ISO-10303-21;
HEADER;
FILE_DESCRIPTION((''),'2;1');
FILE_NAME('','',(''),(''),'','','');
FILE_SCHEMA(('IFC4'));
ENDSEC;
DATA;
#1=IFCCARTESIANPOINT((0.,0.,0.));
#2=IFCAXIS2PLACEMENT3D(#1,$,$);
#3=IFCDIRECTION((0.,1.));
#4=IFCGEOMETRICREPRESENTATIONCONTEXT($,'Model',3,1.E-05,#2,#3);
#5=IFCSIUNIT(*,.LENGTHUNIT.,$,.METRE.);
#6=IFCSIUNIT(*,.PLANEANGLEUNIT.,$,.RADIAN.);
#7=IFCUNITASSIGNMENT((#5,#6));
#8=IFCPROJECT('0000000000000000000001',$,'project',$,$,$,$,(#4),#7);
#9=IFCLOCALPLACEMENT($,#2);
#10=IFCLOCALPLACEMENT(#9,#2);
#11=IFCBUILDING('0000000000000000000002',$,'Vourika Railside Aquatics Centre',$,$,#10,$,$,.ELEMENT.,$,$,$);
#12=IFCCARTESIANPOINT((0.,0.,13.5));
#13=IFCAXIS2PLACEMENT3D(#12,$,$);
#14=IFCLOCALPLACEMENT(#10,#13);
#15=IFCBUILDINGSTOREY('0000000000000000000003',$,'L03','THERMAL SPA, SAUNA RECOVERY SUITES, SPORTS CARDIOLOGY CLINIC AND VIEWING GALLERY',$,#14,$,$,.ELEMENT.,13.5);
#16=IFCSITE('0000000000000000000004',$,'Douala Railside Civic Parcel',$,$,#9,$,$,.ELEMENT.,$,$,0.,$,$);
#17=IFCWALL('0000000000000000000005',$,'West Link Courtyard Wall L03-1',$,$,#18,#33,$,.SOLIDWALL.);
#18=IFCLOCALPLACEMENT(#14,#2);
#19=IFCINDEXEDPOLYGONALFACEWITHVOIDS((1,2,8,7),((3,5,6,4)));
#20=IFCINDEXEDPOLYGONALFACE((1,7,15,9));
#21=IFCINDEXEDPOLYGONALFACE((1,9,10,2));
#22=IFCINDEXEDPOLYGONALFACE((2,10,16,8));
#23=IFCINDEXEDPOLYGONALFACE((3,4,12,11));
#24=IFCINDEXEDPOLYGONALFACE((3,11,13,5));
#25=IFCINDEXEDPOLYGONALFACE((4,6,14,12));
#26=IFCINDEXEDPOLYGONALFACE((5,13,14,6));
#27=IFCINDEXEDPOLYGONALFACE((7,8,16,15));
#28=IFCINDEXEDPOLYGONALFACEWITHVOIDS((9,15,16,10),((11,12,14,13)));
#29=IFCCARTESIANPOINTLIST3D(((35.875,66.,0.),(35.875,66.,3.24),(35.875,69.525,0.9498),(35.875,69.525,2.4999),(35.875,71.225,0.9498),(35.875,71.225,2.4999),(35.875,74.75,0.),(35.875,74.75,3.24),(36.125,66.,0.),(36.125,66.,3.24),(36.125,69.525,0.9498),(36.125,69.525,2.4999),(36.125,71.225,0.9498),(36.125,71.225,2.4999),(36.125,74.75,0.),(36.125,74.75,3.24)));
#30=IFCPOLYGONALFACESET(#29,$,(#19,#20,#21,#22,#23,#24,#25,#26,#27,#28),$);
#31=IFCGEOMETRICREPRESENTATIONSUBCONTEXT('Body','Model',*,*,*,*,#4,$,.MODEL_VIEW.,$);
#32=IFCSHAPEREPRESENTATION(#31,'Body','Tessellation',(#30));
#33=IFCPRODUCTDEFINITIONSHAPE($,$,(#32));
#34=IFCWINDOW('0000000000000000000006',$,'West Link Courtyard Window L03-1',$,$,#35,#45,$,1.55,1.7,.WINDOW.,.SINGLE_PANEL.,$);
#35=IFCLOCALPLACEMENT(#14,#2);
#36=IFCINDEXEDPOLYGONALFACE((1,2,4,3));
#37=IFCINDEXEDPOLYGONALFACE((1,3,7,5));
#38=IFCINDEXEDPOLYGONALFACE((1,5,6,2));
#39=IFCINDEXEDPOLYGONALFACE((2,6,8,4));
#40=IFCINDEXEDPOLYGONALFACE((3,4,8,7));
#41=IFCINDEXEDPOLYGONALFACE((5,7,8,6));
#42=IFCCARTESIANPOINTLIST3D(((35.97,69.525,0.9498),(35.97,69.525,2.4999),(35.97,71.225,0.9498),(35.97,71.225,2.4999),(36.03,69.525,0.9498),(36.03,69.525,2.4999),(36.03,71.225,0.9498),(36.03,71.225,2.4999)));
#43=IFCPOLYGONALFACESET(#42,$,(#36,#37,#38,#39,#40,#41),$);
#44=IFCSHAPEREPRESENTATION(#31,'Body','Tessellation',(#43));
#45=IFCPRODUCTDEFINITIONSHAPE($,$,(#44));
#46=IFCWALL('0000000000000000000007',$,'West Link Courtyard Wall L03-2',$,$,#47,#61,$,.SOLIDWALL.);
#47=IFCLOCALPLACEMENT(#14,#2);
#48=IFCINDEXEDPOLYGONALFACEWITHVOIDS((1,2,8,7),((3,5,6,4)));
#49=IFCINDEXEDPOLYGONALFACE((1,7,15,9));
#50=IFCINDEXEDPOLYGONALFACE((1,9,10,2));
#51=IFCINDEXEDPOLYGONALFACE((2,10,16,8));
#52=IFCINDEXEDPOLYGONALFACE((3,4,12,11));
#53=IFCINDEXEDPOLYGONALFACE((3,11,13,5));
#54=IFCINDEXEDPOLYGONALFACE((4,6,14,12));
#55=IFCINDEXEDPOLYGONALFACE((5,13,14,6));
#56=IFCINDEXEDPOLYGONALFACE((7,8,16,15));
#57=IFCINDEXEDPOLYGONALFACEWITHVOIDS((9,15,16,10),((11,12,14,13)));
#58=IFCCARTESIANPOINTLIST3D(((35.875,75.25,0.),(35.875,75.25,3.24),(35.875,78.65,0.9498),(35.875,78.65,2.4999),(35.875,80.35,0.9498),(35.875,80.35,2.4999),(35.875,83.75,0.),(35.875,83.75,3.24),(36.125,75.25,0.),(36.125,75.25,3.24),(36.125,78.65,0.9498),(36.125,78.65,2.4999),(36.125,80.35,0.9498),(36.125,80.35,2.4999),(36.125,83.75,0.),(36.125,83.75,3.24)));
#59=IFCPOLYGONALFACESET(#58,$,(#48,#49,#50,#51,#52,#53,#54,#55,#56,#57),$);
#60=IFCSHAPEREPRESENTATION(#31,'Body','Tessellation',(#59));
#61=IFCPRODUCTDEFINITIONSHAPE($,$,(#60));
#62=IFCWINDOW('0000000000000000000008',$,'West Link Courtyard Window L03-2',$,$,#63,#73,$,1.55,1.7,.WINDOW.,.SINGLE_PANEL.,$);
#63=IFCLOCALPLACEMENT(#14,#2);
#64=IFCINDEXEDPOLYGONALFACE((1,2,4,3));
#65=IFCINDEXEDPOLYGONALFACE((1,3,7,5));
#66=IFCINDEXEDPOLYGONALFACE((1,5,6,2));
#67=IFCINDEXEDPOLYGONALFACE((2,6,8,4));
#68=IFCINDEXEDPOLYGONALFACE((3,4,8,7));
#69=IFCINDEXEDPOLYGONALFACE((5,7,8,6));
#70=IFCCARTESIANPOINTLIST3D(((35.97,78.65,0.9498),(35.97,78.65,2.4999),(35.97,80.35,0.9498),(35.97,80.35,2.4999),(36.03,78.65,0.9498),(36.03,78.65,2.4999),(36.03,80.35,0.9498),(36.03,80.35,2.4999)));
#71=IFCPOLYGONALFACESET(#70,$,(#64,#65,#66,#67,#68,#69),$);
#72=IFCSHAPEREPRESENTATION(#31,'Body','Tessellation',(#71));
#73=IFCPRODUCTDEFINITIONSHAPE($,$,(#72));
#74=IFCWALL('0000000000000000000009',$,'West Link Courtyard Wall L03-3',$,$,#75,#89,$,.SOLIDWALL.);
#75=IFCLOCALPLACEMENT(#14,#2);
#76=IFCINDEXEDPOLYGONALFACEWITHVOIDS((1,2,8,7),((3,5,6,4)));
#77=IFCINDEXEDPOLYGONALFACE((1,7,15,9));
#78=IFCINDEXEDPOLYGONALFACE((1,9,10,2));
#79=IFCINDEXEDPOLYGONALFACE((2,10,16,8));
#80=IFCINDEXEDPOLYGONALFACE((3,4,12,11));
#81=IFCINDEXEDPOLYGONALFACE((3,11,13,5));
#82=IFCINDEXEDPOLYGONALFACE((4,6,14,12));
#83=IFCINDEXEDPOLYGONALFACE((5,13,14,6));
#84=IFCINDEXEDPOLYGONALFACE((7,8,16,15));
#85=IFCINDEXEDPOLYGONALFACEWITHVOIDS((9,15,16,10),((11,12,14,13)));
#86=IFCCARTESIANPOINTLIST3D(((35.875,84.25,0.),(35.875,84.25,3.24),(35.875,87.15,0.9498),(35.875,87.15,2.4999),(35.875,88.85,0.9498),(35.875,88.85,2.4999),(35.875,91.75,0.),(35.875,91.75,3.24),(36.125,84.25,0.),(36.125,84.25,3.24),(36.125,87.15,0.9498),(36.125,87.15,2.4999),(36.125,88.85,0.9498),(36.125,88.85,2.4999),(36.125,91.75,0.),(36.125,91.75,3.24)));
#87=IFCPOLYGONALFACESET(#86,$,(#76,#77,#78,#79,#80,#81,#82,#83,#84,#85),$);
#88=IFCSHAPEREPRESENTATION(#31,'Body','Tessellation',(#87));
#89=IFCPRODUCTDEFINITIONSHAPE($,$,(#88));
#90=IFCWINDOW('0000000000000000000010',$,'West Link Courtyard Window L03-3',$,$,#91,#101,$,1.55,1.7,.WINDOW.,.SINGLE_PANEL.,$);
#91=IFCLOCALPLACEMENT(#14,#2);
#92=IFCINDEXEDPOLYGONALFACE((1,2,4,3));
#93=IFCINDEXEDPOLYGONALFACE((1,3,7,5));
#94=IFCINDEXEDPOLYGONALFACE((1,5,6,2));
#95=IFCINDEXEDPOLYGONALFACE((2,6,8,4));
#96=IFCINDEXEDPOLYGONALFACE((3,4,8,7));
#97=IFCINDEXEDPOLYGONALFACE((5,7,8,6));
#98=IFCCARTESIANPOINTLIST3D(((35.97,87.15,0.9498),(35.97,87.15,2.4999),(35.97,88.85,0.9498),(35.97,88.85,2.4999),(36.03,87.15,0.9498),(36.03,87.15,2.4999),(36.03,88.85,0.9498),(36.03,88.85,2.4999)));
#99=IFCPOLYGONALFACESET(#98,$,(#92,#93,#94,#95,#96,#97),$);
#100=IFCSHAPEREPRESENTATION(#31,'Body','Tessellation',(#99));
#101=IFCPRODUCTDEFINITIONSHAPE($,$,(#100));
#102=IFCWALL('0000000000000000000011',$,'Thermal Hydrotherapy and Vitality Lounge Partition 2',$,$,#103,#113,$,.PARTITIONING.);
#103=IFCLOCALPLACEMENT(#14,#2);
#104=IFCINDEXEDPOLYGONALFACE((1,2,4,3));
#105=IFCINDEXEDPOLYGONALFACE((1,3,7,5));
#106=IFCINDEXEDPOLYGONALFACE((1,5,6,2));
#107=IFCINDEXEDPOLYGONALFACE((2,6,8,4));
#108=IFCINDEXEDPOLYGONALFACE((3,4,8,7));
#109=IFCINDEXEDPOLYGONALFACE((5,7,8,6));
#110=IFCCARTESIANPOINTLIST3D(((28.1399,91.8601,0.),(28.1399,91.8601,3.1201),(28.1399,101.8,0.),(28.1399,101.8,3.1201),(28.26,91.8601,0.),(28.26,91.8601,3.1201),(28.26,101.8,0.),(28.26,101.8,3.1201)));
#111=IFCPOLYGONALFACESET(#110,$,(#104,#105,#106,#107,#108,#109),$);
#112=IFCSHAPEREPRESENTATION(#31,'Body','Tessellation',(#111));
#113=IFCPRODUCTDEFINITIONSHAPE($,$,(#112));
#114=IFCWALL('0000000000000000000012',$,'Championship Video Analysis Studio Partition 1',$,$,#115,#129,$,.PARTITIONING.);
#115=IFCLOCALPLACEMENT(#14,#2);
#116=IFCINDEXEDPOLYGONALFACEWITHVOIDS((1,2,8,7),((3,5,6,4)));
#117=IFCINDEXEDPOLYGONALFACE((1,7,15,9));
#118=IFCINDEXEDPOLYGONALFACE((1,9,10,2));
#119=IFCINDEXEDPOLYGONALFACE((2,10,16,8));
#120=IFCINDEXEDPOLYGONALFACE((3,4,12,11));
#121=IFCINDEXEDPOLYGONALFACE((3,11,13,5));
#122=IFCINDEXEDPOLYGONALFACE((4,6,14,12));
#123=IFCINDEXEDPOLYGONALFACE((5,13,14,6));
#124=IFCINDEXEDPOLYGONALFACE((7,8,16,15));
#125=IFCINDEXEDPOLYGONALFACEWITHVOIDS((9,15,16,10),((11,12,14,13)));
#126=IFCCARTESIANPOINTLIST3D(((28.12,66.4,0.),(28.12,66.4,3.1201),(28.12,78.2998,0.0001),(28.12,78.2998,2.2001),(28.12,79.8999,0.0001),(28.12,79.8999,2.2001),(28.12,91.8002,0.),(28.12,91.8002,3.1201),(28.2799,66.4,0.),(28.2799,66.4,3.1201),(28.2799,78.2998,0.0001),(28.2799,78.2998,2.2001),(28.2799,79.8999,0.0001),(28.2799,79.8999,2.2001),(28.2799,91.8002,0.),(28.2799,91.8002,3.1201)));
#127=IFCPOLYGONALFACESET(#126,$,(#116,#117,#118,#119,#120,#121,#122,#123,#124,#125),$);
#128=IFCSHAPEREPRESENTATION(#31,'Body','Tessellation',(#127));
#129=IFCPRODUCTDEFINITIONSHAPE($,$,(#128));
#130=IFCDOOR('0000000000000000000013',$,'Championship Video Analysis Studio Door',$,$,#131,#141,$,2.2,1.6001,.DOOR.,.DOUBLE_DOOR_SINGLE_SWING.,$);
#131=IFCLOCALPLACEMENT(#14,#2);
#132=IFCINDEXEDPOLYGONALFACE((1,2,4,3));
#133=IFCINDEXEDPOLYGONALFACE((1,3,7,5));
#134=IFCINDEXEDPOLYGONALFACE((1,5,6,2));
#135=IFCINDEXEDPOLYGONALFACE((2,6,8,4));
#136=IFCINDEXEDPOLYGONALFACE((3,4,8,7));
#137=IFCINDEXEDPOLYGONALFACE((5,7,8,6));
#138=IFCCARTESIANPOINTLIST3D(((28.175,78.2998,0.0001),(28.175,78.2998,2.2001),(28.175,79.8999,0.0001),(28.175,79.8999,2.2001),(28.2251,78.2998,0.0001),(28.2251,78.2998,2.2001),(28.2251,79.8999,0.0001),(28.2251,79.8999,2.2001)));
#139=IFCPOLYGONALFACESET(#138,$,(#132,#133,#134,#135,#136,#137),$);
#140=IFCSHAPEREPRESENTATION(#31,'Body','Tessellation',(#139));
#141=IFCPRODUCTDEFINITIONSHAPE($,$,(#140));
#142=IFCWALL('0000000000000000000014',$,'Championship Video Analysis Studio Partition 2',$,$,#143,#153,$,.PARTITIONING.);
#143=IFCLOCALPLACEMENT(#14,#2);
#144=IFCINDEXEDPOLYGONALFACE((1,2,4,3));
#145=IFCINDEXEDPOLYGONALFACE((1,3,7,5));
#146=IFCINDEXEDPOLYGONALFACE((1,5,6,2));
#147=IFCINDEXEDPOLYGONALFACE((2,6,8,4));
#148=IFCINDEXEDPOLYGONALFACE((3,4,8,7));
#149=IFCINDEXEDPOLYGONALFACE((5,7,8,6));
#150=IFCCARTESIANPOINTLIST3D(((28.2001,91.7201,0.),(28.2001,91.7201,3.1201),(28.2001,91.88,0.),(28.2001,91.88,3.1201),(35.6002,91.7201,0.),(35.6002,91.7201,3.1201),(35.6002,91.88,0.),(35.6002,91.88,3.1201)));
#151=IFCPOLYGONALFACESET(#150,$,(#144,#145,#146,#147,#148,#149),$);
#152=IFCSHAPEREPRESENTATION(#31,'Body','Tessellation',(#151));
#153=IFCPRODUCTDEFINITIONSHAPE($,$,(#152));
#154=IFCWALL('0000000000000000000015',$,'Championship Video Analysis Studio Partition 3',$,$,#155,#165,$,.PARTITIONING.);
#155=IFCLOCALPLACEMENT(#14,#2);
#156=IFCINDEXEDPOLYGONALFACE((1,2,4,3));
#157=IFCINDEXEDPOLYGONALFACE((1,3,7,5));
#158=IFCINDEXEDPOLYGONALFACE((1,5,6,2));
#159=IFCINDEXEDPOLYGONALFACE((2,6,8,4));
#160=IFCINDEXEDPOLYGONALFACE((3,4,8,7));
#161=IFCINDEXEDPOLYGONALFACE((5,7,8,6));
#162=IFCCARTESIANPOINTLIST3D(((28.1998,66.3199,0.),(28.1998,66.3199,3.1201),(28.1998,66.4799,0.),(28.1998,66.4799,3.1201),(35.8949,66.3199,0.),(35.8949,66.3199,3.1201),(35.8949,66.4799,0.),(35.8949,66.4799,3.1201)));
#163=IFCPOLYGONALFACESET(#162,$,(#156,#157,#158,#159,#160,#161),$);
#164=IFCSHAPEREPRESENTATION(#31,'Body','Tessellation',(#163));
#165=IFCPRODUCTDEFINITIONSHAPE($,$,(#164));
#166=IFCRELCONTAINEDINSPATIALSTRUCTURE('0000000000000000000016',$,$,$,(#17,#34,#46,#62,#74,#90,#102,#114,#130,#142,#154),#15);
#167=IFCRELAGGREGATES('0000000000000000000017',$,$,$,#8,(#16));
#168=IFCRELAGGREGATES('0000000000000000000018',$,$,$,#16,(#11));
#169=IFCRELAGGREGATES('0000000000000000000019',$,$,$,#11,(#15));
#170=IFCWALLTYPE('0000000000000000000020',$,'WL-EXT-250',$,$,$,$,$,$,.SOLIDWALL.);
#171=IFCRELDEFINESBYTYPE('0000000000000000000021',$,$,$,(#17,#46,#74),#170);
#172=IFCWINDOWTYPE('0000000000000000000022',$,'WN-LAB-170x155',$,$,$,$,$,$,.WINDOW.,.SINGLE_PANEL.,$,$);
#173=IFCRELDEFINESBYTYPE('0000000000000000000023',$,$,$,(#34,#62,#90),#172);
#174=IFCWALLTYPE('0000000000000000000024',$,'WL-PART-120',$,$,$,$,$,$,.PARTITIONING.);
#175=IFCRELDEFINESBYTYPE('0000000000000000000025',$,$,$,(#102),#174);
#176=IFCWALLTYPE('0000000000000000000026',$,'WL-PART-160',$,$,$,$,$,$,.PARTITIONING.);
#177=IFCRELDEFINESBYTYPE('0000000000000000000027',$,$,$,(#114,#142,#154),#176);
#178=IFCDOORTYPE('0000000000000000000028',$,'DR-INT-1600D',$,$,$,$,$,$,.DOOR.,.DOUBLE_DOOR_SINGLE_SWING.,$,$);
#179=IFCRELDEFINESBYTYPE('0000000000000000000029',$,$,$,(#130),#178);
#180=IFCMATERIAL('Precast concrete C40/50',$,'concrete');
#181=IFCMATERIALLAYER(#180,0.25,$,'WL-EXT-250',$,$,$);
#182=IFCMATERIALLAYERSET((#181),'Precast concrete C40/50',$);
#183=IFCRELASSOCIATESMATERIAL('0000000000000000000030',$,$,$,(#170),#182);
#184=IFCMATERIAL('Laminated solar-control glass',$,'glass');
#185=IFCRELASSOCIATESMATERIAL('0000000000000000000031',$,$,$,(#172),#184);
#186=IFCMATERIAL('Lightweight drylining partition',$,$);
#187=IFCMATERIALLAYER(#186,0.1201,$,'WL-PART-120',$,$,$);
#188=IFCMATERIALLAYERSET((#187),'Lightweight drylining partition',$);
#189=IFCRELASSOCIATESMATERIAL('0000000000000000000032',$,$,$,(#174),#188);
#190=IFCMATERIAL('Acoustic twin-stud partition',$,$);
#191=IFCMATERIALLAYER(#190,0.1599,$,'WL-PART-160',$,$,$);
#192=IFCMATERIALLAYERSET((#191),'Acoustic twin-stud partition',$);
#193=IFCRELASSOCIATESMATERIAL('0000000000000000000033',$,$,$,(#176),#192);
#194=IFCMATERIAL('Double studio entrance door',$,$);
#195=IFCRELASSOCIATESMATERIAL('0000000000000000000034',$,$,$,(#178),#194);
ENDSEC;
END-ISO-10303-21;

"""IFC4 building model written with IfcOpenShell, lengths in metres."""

from ifc_helpers import new_model, si_unit, direction, frame, frame_2d, origin, place, context, subcontext, project, spatial, rectangle, extrude, material, layer, layer_set, type_object, element, fill, save


model = new_model("IFC4")

# Units and contexts
model_context = context("Model", 3, precision=1e-05, world=origin(), true_north=direction((0.0, 1.0)))
body_context = subcontext(model_context, "Body", "Model", "MODEL_VIEW")
ifc_project = project(units=[si_unit("LENGTHUNIT", "METRE"), si_unit("PLANEANGLEUNIT", "RADIAN")], contexts=[model_context])

# Site, building, storey
site_placement = place(None, origin())
site = spatial("IfcSite", under=ifc_project, at=site_placement, Name="Douala Railside Civic Parcel", CompositionType="ELEMENT", RefElevation=0.0)
building_placement = place(site_placement, origin())
building = spatial("IfcBuilding", under=site, at=building_placement, Name="Vourika Railside Aquatics Centre", CompositionType="ELEMENT")
storey_placement = place(building_placement, frame((0.0, 0.0, 13.5)))
storey = spatial("IfcBuildingStorey", under=building, at=storey_placement, Name="L03", Description="THERMAL SPA, SAUNA RECOVERY SUITES, SPORTS CARDIOLOGY CLINIC AND VIEWING GALLERY", CompositionType="ELEMENT", Elevation=13.5)

# Walls, openings, windows
ifc_material_1 = material(Name="Precast concrete C40/50", Category="concrete")
ifc_layer_1 = layer(ifc_material_1, 0.25, Name="WL-EXT-250")
ifc_layer_set_1 = layer_set([ifc_layer_1], Name="Precast concrete C40/50")
wall_type_1 = type_object("IfcWallType", Name="WL-EXT-250", PredefinedType="SOLIDWALL", material=ifc_layer_set_1)
wall_1_placement = place(storey_placement, frame((36.0, 66.0, 0.0), z_axis=(0.0, 0.0, 1.0), x_axis=(0.0, 1.0, 0.0)))
wall_1 = element("IfcWall", 1, at=wall_1_placement, inside=storey, type_object=wall_type_1, Name="West Link Courtyard Wall L03-1", PredefinedType="SOLIDWALL", context=body_context, shape_type="SweptSolid", body=[
    extrude(rectangle(XDim=8.75, YDim=0.25, at=frame_2d((4.375, 0.0))), origin(), (0.0, 0.0, 1.0), 3.24),
])
opening_1_placement = place(wall_1_placement, frame((3.5249, 0.0, 0.95)))
opening_1 = element("IfcOpeningElement", 2, at=opening_1_placement, cuts=wall_1, PredefinedType="OPENING", context=body_context, shape_type="SweptSolid", body=[
    extrude(rectangle(XDim=1.7, YDim=1.55, at=frame_2d((0.8501, 0.7749))), frame((0.0, 0.135, 0.0), z_axis=(0.0, -1.0, 0.0), x_axis=(1.0, 0.0, 0.0)), (0.0, 0.0, 1.0), 0.27),
])
ifc_material_2 = material(Name="Laminated solar-control glass", Category="glass")
window_type = type_object("IfcWindowType", Name="WN-LAB-170x155", PartitioningType="SINGLE_PANEL", PredefinedType="WINDOW", material=ifc_material_2)
window_1_placement = place(opening_1_placement, origin())
window_1 = element("IfcWindow", 3, at=window_1_placement, inside=storey, type_object=window_type, Name="West Link Courtyard Window L03-1", OverallHeight=1.55, OverallWidth=1.7, PartitioningType="SINGLE_PANEL", PredefinedType="WINDOW", context=body_context, shape_type="SweptSolid", body=[
    extrude(rectangle(XDim=1.7, YDim=1.55, at=frame_2d((0.8501, 0.7749))), frame((0.0, 0.03, 0.0), z_axis=(0.0, -1.0, 0.0), x_axis=(1.0, 0.0, 0.0)), (0.0, 0.0, 1.0), 0.0601),
])
fill(opening_1, window_1)
wall_2_placement = place(storey_placement, frame((36.0, 75.25, 0.0), z_axis=(0.0, 0.0, 1.0), x_axis=(0.0, 1.0, 0.0)))
wall_2 = element("IfcWall", 4, at=wall_2_placement, inside=storey, type_object=wall_type_1, Name="West Link Courtyard Wall L03-2", PredefinedType="SOLIDWALL", context=body_context, shape_type="SweptSolid", body=[
    extrude(rectangle(XDim=8.5, YDim=0.25, at=frame_2d((4.25, 0.0))), origin(), (0.0, 0.0, 1.0), 3.24),
])
opening_2_placement = place(wall_2_placement, frame((3.3999, 0.0, 0.95)))
opening_2 = element("IfcOpeningElement", 5, at=opening_2_placement, cuts=wall_2, PredefinedType="OPENING", context=body_context, shape_type="SweptSolid", body=[
    extrude(rectangle(XDim=1.7, YDim=1.55, at=frame_2d((0.8501, 0.7749))), frame((0.0, 0.135, 0.0), z_axis=(0.0, -1.0, 0.0), x_axis=(1.0, 0.0, 0.0)), (0.0, 0.0, 1.0), 0.27),
])
window_2_placement = place(opening_2_placement, origin())
window_2 = element("IfcWindow", 6, at=window_2_placement, inside=storey, type_object=window_type, Name="West Link Courtyard Window L03-2", OverallHeight=1.55, OverallWidth=1.7, PartitioningType="SINGLE_PANEL", PredefinedType="WINDOW", context=body_context, shape_type="SweptSolid", body=[
    extrude(rectangle(XDim=1.7, YDim=1.55, at=frame_2d((0.8501, 0.7749))), frame((0.0, 0.03, 0.0), z_axis=(0.0, -1.0, 0.0), x_axis=(1.0, 0.0, 0.0)), (0.0, 0.0, 1.0), 0.0601),
])
fill(opening_2, window_2)
wall_3_placement = place(storey_placement, frame((36.0, 84.25, 0.0), z_axis=(0.0, 0.0, 1.0), x_axis=(0.0, 1.0, 0.0)))
wall_3 = element("IfcWall", 7, at=wall_3_placement, inside=storey, type_object=wall_type_1, Name="West Link Courtyard Wall L03-3", PredefinedType="SOLIDWALL", context=body_context, shape_type="SweptSolid", body=[
    extrude(rectangle(XDim=7.5, YDim=0.25, at=frame_2d((3.75, 0.0))), origin(), (0.0, 0.0, 1.0), 3.24),
])
opening_3_placement = place(wall_3_placement, frame((2.8999, 0.0, 0.95)))
opening_3 = element("IfcOpeningElement", 8, at=opening_3_placement, cuts=wall_3, PredefinedType="OPENING", context=body_context, shape_type="SweptSolid", body=[
    extrude(rectangle(XDim=1.7, YDim=1.55, at=frame_2d((0.8501, 0.7749))), frame((0.0, 0.135, 0.0), z_axis=(0.0, -1.0, 0.0), x_axis=(1.0, 0.0, 0.0)), (0.0, 0.0, 1.0), 0.27),
])
window_3_placement = place(opening_3_placement, origin())
window_3 = element("IfcWindow", 9, at=window_3_placement, inside=storey, type_object=window_type, Name="West Link Courtyard Window L03-3", OverallHeight=1.55, OverallWidth=1.7, PartitioningType="SINGLE_PANEL", PredefinedType="WINDOW", context=body_context, shape_type="SweptSolid", body=[
    extrude(rectangle(XDim=1.7, YDim=1.55, at=frame_2d((0.8501, 0.7749))), frame((0.0, 0.03, 0.0), z_axis=(0.0, -1.0, 0.0), x_axis=(1.0, 0.0, 0.0)), (0.0, 0.0, 1.0), 0.0601),
])
fill(opening_3, window_3)

# Wall
ifc_material_3 = material(Name="Lightweight drylining partition")
ifc_layer_2 = layer(ifc_material_3, 0.1201, Name="WL-PART-120")
ifc_layer_set_2 = layer_set([ifc_layer_2], Name="Lightweight drylining partition")
wall_type_2 = type_object("IfcWallType", Name="WL-PART-120", PredefinedType="PARTITIONING", material=ifc_layer_set_2)
wall_4_placement = place(storey_placement, frame((28.2, 91.8601, 0.0), z_axis=(0.0, 0.0, 1.0), x_axis=(0.0, 1.0, 0.0)))
element("IfcWall", 10, at=wall_4_placement, inside=storey, type_object=wall_type_2, Name="Thermal Hydrotherapy and Vitality Lounge Partition 2", PredefinedType="PARTITIONING", context=body_context, shape_type="SweptSolid", body=[
    extrude(rectangle(XDim=9.9399, YDim=0.1201, at=frame_2d((4.97, 0.0))), origin(), (0.0, 0.0, 1.0), 3.1201),
])

# Wall, opening, door
ifc_material_4 = material(Name="Acoustic twin-stud partition")
ifc_layer_3 = layer(ifc_material_4, 0.1599, Name="WL-PART-160")
ifc_layer_set_3 = layer_set([ifc_layer_3], Name="Acoustic twin-stud partition")
wall_type_3 = type_object("IfcWallType", Name="WL-PART-160", PredefinedType="PARTITIONING", material=ifc_layer_set_3)
wall_5_placement = place(storey_placement, frame((28.2, 66.3999, 0.0), z_axis=(0.0, 0.0, 1.0), x_axis=(0.0, 1.0, 0.0)))
wall_5 = element("IfcWall", 11, at=wall_5_placement, inside=storey, type_object=wall_type_3, Name="Championship Video Analysis Studio Partition 1", PredefinedType="PARTITIONING", context=body_context, shape_type="SweptSolid", body=[
    extrude(rectangle(XDim=25.4001, YDim=0.1599, at=frame_2d((12.7002, 0.0))), origin(), (0.0, 0.0, 1.0), 3.1201),
])
opening_4_placement = place(wall_5_placement, frame((11.8999, 0.0, 0.0)))
opening_4 = element("IfcOpeningElement", 12, at=opening_4_placement, cuts=wall_5, PredefinedType="OPENING", context=body_context, shape_type="SweptSolid", body=[
    extrude(rectangle(XDim=1.6001, YDim=2.2, at=frame_2d((0.8, 1.1001))), frame((0.0, 0.0898, 0.0), z_axis=(0.0, -1.0, 0.0), x_axis=(1.0, 0.0, 0.0)), (0.0, 0.0, 1.0), 0.1799),
])
ifc_material_5 = material(Name="Double studio entrance door")
door_type = type_object("IfcDoorType", Name="DR-INT-1600D", OperationType="DOUBLE_DOOR_SINGLE_SWING", PredefinedType="DOOR", material=ifc_material_5)
door_placement = place(opening_4_placement, origin())
door = element("IfcDoor", 13, at=door_placement, inside=storey, type_object=door_type, Name="Championship Video Analysis Studio Door", OperationType="DOUBLE_DOOR_SINGLE_SWING", OverallHeight=2.2, OverallWidth=1.6001, PredefinedType="DOOR", context=body_context, shape_type="SweptSolid", body=[
    extrude(rectangle(XDim=1.6001, YDim=2.2, at=frame_2d((0.8, 1.1001))), frame((0.0, 0.0249, 0.0), z_axis=(0.0, -1.0, 0.0), x_axis=(1.0, 0.0, 0.0)), (0.0, 0.0, 1.0), 0.05),
])
fill(opening_4, door)

# Walls
wall_6_placement = place(storey_placement, frame((28.2, 91.8, 0.0), z_axis=(0.0, 0.0, 1.0), x_axis=(1.0, 0.0, 0.0)))
element("IfcWall", 14, at=wall_6_placement, inside=storey, type_object=wall_type_3, Name="Championship Video Analysis Studio Partition 2", PredefinedType="PARTITIONING", context=body_context, shape_type="SweptSolid", body=[
    extrude(rectangle(XDim=7.4001, YDim=0.1599, at=frame_2d((3.7002, 0.0))), origin(), (0.0, 0.0, 1.0), 3.1201),
])
wall_7_placement = place(storey_placement, frame((35.895, 66.3999, 0.0), z_axis=(0.0, 0.0, 1.0), x_axis=(-1.0, 0.0, 0.0)))
element("IfcWall", 15, at=wall_7_placement, inside=storey, type_object=wall_type_3, Name="Championship Video Analysis Studio Partition 3", PredefinedType="PARTITIONING", context=body_context, shape_type="SweptSolid", body=[
    extrude(rectangle(XDim=7.6951, YDim=0.1599, at=frame_2d((3.8477, 0.0))), origin(), (0.0, 0.0, 1.0), 3.1201),
])

save(model, "model.ifc")
